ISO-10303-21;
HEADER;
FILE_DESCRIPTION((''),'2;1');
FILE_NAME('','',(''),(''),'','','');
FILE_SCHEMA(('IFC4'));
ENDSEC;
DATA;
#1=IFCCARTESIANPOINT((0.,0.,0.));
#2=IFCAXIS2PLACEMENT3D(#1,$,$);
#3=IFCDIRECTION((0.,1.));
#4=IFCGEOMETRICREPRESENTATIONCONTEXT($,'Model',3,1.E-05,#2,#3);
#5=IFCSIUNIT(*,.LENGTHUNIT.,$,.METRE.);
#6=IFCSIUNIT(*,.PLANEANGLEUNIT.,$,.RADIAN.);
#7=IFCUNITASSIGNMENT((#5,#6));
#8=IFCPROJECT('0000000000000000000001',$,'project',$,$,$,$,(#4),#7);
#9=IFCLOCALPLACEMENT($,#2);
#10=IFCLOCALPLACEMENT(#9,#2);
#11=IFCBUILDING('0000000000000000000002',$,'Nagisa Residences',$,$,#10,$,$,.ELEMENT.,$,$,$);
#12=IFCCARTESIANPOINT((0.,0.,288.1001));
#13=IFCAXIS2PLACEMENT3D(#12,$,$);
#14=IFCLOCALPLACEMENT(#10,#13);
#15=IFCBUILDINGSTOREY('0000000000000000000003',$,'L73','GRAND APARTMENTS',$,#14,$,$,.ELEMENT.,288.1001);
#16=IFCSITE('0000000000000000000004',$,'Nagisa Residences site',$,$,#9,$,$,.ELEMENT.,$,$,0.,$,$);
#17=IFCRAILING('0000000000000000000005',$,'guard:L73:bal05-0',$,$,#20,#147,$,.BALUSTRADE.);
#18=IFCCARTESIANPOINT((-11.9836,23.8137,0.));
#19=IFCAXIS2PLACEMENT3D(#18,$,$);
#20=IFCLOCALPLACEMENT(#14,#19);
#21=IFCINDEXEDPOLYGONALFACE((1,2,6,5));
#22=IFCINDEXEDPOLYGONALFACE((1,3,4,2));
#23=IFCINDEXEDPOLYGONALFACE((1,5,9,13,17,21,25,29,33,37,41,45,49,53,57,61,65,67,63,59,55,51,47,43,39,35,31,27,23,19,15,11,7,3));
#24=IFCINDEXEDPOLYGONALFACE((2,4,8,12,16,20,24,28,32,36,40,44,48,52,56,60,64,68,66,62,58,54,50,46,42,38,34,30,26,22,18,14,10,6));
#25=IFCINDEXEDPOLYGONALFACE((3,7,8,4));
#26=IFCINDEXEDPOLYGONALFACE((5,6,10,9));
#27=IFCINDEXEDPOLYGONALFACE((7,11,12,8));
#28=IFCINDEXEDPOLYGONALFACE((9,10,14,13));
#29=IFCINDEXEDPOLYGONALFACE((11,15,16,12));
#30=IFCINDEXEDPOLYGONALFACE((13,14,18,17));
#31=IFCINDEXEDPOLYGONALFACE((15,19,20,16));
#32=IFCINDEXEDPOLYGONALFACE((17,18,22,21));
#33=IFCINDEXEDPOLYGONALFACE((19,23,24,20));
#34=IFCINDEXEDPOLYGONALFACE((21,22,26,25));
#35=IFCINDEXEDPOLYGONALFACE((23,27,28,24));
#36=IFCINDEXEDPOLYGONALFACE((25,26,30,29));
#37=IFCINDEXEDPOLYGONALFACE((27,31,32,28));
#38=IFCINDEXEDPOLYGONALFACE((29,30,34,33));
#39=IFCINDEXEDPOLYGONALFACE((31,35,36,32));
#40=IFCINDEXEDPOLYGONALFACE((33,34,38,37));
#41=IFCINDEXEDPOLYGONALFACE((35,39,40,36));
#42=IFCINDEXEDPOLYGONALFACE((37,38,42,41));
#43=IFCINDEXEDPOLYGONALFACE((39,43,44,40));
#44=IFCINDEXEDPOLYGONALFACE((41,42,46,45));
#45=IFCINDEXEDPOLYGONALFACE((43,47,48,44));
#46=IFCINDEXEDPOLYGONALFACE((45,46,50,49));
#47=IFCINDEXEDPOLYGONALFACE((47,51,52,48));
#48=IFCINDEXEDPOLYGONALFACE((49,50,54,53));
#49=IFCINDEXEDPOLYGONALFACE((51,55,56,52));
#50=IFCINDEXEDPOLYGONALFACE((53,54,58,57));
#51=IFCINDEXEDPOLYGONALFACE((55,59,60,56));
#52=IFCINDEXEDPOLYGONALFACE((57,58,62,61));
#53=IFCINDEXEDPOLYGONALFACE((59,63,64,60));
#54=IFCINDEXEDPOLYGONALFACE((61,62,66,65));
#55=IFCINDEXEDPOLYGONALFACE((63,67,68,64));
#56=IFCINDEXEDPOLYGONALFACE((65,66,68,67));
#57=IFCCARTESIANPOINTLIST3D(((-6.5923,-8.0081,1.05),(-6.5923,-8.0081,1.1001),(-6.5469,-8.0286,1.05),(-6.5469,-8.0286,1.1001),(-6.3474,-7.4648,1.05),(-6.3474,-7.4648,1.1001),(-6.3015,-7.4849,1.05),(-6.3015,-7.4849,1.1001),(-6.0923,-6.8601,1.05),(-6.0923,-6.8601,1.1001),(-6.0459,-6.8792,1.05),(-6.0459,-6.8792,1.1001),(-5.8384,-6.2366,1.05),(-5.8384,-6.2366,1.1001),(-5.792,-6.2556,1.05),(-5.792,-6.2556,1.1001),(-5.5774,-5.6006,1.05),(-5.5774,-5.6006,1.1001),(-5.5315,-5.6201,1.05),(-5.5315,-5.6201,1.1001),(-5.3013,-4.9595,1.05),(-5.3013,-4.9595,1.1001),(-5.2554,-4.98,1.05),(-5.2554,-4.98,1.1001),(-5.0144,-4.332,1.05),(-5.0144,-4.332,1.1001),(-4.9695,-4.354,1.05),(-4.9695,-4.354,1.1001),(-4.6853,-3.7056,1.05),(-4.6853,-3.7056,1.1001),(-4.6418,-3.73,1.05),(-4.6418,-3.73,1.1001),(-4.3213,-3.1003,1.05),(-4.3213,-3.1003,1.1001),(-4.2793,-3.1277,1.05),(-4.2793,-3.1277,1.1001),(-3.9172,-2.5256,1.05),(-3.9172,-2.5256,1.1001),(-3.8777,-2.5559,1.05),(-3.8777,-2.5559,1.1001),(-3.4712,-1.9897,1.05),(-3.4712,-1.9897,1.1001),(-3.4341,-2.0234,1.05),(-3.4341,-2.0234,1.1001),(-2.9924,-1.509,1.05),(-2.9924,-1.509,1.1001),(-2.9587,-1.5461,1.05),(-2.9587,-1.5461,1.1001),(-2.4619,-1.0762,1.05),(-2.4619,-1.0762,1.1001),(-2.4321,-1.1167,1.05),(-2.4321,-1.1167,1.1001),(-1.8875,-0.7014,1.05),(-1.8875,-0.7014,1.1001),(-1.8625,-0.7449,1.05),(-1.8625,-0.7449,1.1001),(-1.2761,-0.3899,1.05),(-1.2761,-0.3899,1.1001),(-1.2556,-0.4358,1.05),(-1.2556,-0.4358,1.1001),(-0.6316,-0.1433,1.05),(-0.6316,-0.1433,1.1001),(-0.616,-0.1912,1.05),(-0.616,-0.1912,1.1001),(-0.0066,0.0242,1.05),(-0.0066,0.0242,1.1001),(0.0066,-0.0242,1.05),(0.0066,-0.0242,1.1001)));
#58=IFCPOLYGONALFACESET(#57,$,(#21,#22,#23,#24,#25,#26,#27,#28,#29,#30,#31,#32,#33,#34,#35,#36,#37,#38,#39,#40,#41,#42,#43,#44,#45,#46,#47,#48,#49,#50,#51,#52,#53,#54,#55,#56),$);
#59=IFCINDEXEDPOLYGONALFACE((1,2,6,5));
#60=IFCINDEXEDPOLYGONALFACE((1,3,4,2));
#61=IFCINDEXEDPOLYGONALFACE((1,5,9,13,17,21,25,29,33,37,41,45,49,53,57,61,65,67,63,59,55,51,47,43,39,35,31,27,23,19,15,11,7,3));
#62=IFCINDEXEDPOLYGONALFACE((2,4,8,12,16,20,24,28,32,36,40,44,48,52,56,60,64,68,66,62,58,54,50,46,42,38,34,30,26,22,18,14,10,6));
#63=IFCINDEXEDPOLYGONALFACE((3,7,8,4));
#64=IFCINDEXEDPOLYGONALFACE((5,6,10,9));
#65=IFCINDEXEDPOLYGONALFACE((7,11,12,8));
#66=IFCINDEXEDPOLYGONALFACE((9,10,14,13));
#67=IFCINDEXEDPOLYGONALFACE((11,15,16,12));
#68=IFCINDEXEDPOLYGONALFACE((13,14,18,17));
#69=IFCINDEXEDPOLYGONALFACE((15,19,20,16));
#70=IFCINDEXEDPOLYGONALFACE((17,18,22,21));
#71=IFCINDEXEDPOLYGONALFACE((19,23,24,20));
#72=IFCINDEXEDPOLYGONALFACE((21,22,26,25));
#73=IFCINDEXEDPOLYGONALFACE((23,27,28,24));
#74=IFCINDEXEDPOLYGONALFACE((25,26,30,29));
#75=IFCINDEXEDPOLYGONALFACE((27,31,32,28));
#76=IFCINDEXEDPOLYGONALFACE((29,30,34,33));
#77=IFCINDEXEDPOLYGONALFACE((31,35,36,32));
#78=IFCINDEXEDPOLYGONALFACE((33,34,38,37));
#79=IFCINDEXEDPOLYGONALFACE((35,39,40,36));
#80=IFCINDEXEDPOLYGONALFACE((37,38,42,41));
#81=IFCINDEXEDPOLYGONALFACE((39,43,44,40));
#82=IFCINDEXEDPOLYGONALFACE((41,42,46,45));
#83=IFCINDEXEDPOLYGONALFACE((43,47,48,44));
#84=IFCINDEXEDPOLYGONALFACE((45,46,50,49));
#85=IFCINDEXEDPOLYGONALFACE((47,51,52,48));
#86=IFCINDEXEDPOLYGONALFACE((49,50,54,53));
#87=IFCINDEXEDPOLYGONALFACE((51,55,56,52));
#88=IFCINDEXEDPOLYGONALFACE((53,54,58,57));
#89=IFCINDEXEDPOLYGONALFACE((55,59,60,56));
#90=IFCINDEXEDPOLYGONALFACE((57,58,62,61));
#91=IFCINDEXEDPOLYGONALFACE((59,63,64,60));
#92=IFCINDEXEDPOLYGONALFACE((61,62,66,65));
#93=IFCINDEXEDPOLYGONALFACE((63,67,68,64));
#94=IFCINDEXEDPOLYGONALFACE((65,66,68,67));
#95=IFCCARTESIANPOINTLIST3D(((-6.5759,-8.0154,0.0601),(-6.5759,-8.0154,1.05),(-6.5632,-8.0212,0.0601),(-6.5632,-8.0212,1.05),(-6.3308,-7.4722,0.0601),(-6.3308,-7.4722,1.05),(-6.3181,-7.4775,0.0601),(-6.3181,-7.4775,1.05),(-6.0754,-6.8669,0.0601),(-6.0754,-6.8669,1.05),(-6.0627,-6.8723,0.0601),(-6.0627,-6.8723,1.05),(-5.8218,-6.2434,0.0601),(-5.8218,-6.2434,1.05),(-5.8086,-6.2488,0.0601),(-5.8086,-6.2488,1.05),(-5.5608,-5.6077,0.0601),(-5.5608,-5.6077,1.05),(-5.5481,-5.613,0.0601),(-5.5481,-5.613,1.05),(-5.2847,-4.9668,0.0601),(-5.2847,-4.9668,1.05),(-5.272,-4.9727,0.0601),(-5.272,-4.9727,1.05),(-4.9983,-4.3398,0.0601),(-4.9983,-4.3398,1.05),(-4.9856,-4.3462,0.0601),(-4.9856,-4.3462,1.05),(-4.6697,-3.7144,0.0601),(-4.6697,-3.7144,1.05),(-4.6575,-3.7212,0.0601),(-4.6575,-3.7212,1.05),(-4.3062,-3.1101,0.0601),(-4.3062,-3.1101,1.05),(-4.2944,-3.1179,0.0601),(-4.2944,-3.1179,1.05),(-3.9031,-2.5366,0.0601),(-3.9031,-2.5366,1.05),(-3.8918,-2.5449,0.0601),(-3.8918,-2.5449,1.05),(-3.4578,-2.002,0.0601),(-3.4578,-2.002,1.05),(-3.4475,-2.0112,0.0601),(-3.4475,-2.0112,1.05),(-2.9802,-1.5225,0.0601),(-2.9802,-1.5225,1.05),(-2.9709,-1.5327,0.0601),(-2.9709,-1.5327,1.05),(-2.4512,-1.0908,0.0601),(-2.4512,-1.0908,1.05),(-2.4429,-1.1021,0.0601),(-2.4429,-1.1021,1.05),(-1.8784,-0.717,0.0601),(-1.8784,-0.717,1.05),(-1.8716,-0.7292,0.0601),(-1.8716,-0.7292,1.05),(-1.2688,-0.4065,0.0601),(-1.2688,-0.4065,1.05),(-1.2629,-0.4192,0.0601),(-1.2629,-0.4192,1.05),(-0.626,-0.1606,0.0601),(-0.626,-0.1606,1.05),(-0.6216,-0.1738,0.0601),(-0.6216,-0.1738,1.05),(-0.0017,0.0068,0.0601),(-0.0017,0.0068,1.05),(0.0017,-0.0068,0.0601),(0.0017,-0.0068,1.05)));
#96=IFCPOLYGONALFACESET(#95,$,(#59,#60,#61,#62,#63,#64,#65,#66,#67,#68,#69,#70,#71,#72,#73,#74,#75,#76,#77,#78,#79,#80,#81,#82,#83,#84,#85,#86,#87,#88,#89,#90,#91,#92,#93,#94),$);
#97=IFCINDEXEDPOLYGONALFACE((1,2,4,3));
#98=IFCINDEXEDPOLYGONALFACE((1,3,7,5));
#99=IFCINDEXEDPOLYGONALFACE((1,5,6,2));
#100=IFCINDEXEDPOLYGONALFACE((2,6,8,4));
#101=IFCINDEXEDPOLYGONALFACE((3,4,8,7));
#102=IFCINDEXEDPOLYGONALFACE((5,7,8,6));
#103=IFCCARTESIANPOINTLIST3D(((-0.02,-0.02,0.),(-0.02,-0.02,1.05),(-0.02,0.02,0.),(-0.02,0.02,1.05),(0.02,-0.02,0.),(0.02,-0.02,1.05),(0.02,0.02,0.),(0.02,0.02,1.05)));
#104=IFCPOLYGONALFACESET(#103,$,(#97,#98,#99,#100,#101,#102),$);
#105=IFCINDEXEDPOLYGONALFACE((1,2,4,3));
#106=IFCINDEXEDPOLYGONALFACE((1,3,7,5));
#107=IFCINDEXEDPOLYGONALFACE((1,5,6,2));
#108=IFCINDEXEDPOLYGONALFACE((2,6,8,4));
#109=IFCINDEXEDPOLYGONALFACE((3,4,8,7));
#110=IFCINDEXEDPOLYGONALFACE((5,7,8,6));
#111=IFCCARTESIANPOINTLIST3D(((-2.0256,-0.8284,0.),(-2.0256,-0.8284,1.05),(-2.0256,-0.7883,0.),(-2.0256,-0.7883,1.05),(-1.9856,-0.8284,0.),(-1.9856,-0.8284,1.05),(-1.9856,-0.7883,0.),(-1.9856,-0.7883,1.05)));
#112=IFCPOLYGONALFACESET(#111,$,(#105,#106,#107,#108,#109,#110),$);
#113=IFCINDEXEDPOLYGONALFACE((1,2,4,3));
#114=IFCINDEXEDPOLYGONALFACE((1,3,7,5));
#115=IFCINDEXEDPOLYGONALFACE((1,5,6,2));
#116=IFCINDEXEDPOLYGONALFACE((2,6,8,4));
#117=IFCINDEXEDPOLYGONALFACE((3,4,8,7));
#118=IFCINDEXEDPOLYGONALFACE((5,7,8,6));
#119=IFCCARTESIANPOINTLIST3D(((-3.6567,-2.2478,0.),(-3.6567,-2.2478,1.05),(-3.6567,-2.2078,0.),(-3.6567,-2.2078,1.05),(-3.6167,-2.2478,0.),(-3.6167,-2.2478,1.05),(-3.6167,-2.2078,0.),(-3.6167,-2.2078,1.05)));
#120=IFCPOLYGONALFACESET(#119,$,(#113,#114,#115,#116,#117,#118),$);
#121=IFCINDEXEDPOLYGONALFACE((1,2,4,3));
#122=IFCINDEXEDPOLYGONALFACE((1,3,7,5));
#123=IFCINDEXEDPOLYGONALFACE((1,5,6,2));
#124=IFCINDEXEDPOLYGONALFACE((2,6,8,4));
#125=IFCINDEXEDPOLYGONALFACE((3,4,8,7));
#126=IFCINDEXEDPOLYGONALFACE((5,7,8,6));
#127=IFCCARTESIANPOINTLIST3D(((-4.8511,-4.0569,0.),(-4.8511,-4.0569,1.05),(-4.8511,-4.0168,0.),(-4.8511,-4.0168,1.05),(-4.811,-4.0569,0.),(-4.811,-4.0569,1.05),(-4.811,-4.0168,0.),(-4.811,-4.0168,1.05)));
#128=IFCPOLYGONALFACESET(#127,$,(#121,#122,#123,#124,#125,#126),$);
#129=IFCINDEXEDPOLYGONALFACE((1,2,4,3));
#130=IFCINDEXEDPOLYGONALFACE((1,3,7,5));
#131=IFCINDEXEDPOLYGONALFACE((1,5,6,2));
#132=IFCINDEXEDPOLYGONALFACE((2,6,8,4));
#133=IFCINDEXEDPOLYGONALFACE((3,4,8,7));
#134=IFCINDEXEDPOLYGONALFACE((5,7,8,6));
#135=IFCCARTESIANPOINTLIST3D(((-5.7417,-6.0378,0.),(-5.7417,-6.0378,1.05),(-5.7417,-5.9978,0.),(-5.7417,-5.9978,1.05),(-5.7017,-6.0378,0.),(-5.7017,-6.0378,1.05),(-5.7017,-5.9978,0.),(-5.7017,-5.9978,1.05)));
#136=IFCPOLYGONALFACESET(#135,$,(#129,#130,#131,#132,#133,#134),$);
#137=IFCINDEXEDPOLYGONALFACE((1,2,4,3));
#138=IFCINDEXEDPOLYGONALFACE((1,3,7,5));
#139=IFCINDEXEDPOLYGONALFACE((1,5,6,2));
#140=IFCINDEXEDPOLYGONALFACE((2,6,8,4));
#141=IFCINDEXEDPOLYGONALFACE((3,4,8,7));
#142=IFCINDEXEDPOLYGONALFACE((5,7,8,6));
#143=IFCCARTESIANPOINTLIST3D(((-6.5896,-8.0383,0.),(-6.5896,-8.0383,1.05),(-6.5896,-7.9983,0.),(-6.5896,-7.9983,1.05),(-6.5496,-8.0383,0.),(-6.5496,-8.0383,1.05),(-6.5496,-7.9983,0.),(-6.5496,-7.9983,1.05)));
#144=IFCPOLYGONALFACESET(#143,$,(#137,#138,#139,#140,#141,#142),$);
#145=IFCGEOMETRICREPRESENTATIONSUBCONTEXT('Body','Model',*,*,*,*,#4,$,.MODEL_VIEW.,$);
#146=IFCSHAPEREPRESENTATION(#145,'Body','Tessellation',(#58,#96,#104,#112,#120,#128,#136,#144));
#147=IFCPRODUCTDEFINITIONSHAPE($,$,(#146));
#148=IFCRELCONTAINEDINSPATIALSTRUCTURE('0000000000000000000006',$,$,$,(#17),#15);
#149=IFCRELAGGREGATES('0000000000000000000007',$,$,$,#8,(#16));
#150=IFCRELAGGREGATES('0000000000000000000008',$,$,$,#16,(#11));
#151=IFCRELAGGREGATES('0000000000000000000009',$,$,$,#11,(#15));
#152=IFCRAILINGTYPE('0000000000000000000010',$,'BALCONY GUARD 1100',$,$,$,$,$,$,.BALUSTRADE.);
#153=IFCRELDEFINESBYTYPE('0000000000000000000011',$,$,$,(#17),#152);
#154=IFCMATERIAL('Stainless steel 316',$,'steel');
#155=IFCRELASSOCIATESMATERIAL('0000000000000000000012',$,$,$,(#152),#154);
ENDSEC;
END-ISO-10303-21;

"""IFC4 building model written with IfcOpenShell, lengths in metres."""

from ifc_helpers import new_model, si_unit, direction, frame, origin, origin_2d, place, context, subcontext, project, spatial, polyline, rectangle, outline, extrude, material, type_object, element, save


model = new_model("IFC4")

# Units and contexts
model_context = context("Model", 3, precision=1e-05, world=origin(), true_north=direction((0.0, 1.0)))
body_context = subcontext(model_context, "Body", "Model", "MODEL_VIEW")
ifc_project = project(units=[si_unit("LENGTHUNIT", "METRE"), si_unit("PLANEANGLEUNIT", "RADIAN")], contexts=[model_context])

# Site, building, storey
site_placement = place(None, origin())
site = spatial("IfcSite", under=ifc_project, at=site_placement, Name="Nagisa Residences site", CompositionType="ELEMENT", RefElevation=0.0)
building_placement = place(site_placement, origin())
building = spatial("IfcBuilding", under=site, at=building_placement, Name="Nagisa Residences", CompositionType="ELEMENT")
storey_placement = place(building_placement, frame((0.0, 0.0, 288.1001)))
storey = spatial("IfcBuildingStorey", under=building, at=storey_placement, Name="L73", Description="GRAND APARTMENTS", CompositionType="ELEMENT", Elevation=288.1001)

# Railing
ifc_material_1 = material(Name="Stainless steel 316", Category="steel")
railing_type = type_object("IfcRailingType", Name="BALCONY GUARD 1100", PredefinedType="BALUSTRADE", material=ifc_material_1)
railing_1_placement = place(storey_placement, frame((-11.9836, 23.8137, 0.0)))
element("IfcRailing", 1, at=railing_1_placement, inside=storey, type_object=railing_type, Name="guard:L73:bal05-0", PredefinedType="BALUSTRADE", context=body_context, shape_type="SweptSolid", body=[
    extrude(outline(polyline([(-0.616, -0.1912), (0.0066, -0.0242), (-0.0066, 0.0242), (-0.6316, -0.1433), (-1.2761, -0.3899), (-1.8875, -0.7014), (-2.4619, -1.0762), (-2.9924, -1.509), (-3.4712, -1.9897), (-3.9172, -2.5256), (-4.3213, -3.1003), (-4.6853, -3.7056), (-5.0144, -4.332), (-5.3013, -4.9595), (-5.5774, -5.6006), (-5.8384, -6.2366), (-6.0923, -6.8601), (-6.3474, -7.4648), (-6.5923, -8.0081), (-6.5469, -8.0286), (-6.3015, -7.4849), (-6.0459, -6.8792), (-5.792, -6.2556), (-5.5315, -5.6201), (-5.2554, -4.98), (-4.9695, -4.354), (-4.6418, -3.73), (-4.2793, -3.1277), (-3.8777, -2.5559), (-3.4341, -2.0234), (-2.9587, -1.5461), (-2.4321, -1.1167), (-1.8625, -0.7449), (-1.2556, -0.4358), (-0.616, -0.1912)])), frame((0.0, 0.0, 1.05)), (0.0, 0.0, 1.0), 0.05),
    extrude(outline(polyline([(-0.6216, -0.1738), (0.0017, -0.0068), (-0.0017, 0.0068), (-0.626, -0.1606), (-1.2688, -0.4065), (-1.8784, -0.717), (-2.4512, -1.0908), (-2.9802, -1.5225), (-3.4578, -2.002), (-3.9031, -2.5366), (-4.3062, -3.1101), (-4.6697, -3.7144), (-4.9983, -4.3398), (-5.2847, -4.9668), (-5.5608, -5.6077), (-5.8218, -6.2434), (-6.0754, -6.8669), (-6.3308, -7.4722), (-6.5759, -8.0154), (-6.5632, -8.0212), (-6.3181, -7.4775), (-6.0627, -6.8723), (-5.8086, -6.2488), (-5.5481, -5.613), (-5.272, -4.9727), (-4.9856, -4.3462), (-4.6575, -3.7212), (-4.2944, -3.1179), (-3.8918, -2.5449), (-3.4475, -2.0112), (-2.9709, -1.5327), (-2.4429, -1.1021), (-1.8716, -0.7292), (-1.2629, -0.4192), (-0.6216, -0.1738)])), frame((0.0, 0.0, 0.0601)), (0.0, 0.0, 1.0), 0.99),
    extrude(rectangle(XDim=0.04, YDim=0.04, at=origin_2d()), origin(), (0.0, 0.0, 1.0), 1.05),
    extrude(rectangle(XDim=0.04, YDim=0.04, at=origin_2d()), frame((-2.0056, -0.8083, 0.0)), (0.0, 0.0, 1.0), 1.05),
    extrude(rectangle(XDim=0.04, YDim=0.04, at=origin_2d()), frame((-3.6367, -2.2278, 0.0)), (0.0, 0.0, 1.0), 1.05),
    extrude(rectangle(XDim=0.04, YDim=0.04, at=origin_2d()), frame((-4.8311, -4.0369, 0.0)), (0.0, 0.0, 1.0), 1.05),
    extrude(rectangle(XDim=0.04, YDim=0.04, at=origin_2d()), frame((-5.7217, -6.0178, 0.0)), (0.0, 0.0, 1.0), 1.05),
    extrude(rectangle(XDim=0.04, YDim=0.04, at=origin_2d()), frame((-6.5696, -8.0183, 0.0)), (0.0, 0.0, 1.0), 1.05),
])

save(model, "model.ifc")
